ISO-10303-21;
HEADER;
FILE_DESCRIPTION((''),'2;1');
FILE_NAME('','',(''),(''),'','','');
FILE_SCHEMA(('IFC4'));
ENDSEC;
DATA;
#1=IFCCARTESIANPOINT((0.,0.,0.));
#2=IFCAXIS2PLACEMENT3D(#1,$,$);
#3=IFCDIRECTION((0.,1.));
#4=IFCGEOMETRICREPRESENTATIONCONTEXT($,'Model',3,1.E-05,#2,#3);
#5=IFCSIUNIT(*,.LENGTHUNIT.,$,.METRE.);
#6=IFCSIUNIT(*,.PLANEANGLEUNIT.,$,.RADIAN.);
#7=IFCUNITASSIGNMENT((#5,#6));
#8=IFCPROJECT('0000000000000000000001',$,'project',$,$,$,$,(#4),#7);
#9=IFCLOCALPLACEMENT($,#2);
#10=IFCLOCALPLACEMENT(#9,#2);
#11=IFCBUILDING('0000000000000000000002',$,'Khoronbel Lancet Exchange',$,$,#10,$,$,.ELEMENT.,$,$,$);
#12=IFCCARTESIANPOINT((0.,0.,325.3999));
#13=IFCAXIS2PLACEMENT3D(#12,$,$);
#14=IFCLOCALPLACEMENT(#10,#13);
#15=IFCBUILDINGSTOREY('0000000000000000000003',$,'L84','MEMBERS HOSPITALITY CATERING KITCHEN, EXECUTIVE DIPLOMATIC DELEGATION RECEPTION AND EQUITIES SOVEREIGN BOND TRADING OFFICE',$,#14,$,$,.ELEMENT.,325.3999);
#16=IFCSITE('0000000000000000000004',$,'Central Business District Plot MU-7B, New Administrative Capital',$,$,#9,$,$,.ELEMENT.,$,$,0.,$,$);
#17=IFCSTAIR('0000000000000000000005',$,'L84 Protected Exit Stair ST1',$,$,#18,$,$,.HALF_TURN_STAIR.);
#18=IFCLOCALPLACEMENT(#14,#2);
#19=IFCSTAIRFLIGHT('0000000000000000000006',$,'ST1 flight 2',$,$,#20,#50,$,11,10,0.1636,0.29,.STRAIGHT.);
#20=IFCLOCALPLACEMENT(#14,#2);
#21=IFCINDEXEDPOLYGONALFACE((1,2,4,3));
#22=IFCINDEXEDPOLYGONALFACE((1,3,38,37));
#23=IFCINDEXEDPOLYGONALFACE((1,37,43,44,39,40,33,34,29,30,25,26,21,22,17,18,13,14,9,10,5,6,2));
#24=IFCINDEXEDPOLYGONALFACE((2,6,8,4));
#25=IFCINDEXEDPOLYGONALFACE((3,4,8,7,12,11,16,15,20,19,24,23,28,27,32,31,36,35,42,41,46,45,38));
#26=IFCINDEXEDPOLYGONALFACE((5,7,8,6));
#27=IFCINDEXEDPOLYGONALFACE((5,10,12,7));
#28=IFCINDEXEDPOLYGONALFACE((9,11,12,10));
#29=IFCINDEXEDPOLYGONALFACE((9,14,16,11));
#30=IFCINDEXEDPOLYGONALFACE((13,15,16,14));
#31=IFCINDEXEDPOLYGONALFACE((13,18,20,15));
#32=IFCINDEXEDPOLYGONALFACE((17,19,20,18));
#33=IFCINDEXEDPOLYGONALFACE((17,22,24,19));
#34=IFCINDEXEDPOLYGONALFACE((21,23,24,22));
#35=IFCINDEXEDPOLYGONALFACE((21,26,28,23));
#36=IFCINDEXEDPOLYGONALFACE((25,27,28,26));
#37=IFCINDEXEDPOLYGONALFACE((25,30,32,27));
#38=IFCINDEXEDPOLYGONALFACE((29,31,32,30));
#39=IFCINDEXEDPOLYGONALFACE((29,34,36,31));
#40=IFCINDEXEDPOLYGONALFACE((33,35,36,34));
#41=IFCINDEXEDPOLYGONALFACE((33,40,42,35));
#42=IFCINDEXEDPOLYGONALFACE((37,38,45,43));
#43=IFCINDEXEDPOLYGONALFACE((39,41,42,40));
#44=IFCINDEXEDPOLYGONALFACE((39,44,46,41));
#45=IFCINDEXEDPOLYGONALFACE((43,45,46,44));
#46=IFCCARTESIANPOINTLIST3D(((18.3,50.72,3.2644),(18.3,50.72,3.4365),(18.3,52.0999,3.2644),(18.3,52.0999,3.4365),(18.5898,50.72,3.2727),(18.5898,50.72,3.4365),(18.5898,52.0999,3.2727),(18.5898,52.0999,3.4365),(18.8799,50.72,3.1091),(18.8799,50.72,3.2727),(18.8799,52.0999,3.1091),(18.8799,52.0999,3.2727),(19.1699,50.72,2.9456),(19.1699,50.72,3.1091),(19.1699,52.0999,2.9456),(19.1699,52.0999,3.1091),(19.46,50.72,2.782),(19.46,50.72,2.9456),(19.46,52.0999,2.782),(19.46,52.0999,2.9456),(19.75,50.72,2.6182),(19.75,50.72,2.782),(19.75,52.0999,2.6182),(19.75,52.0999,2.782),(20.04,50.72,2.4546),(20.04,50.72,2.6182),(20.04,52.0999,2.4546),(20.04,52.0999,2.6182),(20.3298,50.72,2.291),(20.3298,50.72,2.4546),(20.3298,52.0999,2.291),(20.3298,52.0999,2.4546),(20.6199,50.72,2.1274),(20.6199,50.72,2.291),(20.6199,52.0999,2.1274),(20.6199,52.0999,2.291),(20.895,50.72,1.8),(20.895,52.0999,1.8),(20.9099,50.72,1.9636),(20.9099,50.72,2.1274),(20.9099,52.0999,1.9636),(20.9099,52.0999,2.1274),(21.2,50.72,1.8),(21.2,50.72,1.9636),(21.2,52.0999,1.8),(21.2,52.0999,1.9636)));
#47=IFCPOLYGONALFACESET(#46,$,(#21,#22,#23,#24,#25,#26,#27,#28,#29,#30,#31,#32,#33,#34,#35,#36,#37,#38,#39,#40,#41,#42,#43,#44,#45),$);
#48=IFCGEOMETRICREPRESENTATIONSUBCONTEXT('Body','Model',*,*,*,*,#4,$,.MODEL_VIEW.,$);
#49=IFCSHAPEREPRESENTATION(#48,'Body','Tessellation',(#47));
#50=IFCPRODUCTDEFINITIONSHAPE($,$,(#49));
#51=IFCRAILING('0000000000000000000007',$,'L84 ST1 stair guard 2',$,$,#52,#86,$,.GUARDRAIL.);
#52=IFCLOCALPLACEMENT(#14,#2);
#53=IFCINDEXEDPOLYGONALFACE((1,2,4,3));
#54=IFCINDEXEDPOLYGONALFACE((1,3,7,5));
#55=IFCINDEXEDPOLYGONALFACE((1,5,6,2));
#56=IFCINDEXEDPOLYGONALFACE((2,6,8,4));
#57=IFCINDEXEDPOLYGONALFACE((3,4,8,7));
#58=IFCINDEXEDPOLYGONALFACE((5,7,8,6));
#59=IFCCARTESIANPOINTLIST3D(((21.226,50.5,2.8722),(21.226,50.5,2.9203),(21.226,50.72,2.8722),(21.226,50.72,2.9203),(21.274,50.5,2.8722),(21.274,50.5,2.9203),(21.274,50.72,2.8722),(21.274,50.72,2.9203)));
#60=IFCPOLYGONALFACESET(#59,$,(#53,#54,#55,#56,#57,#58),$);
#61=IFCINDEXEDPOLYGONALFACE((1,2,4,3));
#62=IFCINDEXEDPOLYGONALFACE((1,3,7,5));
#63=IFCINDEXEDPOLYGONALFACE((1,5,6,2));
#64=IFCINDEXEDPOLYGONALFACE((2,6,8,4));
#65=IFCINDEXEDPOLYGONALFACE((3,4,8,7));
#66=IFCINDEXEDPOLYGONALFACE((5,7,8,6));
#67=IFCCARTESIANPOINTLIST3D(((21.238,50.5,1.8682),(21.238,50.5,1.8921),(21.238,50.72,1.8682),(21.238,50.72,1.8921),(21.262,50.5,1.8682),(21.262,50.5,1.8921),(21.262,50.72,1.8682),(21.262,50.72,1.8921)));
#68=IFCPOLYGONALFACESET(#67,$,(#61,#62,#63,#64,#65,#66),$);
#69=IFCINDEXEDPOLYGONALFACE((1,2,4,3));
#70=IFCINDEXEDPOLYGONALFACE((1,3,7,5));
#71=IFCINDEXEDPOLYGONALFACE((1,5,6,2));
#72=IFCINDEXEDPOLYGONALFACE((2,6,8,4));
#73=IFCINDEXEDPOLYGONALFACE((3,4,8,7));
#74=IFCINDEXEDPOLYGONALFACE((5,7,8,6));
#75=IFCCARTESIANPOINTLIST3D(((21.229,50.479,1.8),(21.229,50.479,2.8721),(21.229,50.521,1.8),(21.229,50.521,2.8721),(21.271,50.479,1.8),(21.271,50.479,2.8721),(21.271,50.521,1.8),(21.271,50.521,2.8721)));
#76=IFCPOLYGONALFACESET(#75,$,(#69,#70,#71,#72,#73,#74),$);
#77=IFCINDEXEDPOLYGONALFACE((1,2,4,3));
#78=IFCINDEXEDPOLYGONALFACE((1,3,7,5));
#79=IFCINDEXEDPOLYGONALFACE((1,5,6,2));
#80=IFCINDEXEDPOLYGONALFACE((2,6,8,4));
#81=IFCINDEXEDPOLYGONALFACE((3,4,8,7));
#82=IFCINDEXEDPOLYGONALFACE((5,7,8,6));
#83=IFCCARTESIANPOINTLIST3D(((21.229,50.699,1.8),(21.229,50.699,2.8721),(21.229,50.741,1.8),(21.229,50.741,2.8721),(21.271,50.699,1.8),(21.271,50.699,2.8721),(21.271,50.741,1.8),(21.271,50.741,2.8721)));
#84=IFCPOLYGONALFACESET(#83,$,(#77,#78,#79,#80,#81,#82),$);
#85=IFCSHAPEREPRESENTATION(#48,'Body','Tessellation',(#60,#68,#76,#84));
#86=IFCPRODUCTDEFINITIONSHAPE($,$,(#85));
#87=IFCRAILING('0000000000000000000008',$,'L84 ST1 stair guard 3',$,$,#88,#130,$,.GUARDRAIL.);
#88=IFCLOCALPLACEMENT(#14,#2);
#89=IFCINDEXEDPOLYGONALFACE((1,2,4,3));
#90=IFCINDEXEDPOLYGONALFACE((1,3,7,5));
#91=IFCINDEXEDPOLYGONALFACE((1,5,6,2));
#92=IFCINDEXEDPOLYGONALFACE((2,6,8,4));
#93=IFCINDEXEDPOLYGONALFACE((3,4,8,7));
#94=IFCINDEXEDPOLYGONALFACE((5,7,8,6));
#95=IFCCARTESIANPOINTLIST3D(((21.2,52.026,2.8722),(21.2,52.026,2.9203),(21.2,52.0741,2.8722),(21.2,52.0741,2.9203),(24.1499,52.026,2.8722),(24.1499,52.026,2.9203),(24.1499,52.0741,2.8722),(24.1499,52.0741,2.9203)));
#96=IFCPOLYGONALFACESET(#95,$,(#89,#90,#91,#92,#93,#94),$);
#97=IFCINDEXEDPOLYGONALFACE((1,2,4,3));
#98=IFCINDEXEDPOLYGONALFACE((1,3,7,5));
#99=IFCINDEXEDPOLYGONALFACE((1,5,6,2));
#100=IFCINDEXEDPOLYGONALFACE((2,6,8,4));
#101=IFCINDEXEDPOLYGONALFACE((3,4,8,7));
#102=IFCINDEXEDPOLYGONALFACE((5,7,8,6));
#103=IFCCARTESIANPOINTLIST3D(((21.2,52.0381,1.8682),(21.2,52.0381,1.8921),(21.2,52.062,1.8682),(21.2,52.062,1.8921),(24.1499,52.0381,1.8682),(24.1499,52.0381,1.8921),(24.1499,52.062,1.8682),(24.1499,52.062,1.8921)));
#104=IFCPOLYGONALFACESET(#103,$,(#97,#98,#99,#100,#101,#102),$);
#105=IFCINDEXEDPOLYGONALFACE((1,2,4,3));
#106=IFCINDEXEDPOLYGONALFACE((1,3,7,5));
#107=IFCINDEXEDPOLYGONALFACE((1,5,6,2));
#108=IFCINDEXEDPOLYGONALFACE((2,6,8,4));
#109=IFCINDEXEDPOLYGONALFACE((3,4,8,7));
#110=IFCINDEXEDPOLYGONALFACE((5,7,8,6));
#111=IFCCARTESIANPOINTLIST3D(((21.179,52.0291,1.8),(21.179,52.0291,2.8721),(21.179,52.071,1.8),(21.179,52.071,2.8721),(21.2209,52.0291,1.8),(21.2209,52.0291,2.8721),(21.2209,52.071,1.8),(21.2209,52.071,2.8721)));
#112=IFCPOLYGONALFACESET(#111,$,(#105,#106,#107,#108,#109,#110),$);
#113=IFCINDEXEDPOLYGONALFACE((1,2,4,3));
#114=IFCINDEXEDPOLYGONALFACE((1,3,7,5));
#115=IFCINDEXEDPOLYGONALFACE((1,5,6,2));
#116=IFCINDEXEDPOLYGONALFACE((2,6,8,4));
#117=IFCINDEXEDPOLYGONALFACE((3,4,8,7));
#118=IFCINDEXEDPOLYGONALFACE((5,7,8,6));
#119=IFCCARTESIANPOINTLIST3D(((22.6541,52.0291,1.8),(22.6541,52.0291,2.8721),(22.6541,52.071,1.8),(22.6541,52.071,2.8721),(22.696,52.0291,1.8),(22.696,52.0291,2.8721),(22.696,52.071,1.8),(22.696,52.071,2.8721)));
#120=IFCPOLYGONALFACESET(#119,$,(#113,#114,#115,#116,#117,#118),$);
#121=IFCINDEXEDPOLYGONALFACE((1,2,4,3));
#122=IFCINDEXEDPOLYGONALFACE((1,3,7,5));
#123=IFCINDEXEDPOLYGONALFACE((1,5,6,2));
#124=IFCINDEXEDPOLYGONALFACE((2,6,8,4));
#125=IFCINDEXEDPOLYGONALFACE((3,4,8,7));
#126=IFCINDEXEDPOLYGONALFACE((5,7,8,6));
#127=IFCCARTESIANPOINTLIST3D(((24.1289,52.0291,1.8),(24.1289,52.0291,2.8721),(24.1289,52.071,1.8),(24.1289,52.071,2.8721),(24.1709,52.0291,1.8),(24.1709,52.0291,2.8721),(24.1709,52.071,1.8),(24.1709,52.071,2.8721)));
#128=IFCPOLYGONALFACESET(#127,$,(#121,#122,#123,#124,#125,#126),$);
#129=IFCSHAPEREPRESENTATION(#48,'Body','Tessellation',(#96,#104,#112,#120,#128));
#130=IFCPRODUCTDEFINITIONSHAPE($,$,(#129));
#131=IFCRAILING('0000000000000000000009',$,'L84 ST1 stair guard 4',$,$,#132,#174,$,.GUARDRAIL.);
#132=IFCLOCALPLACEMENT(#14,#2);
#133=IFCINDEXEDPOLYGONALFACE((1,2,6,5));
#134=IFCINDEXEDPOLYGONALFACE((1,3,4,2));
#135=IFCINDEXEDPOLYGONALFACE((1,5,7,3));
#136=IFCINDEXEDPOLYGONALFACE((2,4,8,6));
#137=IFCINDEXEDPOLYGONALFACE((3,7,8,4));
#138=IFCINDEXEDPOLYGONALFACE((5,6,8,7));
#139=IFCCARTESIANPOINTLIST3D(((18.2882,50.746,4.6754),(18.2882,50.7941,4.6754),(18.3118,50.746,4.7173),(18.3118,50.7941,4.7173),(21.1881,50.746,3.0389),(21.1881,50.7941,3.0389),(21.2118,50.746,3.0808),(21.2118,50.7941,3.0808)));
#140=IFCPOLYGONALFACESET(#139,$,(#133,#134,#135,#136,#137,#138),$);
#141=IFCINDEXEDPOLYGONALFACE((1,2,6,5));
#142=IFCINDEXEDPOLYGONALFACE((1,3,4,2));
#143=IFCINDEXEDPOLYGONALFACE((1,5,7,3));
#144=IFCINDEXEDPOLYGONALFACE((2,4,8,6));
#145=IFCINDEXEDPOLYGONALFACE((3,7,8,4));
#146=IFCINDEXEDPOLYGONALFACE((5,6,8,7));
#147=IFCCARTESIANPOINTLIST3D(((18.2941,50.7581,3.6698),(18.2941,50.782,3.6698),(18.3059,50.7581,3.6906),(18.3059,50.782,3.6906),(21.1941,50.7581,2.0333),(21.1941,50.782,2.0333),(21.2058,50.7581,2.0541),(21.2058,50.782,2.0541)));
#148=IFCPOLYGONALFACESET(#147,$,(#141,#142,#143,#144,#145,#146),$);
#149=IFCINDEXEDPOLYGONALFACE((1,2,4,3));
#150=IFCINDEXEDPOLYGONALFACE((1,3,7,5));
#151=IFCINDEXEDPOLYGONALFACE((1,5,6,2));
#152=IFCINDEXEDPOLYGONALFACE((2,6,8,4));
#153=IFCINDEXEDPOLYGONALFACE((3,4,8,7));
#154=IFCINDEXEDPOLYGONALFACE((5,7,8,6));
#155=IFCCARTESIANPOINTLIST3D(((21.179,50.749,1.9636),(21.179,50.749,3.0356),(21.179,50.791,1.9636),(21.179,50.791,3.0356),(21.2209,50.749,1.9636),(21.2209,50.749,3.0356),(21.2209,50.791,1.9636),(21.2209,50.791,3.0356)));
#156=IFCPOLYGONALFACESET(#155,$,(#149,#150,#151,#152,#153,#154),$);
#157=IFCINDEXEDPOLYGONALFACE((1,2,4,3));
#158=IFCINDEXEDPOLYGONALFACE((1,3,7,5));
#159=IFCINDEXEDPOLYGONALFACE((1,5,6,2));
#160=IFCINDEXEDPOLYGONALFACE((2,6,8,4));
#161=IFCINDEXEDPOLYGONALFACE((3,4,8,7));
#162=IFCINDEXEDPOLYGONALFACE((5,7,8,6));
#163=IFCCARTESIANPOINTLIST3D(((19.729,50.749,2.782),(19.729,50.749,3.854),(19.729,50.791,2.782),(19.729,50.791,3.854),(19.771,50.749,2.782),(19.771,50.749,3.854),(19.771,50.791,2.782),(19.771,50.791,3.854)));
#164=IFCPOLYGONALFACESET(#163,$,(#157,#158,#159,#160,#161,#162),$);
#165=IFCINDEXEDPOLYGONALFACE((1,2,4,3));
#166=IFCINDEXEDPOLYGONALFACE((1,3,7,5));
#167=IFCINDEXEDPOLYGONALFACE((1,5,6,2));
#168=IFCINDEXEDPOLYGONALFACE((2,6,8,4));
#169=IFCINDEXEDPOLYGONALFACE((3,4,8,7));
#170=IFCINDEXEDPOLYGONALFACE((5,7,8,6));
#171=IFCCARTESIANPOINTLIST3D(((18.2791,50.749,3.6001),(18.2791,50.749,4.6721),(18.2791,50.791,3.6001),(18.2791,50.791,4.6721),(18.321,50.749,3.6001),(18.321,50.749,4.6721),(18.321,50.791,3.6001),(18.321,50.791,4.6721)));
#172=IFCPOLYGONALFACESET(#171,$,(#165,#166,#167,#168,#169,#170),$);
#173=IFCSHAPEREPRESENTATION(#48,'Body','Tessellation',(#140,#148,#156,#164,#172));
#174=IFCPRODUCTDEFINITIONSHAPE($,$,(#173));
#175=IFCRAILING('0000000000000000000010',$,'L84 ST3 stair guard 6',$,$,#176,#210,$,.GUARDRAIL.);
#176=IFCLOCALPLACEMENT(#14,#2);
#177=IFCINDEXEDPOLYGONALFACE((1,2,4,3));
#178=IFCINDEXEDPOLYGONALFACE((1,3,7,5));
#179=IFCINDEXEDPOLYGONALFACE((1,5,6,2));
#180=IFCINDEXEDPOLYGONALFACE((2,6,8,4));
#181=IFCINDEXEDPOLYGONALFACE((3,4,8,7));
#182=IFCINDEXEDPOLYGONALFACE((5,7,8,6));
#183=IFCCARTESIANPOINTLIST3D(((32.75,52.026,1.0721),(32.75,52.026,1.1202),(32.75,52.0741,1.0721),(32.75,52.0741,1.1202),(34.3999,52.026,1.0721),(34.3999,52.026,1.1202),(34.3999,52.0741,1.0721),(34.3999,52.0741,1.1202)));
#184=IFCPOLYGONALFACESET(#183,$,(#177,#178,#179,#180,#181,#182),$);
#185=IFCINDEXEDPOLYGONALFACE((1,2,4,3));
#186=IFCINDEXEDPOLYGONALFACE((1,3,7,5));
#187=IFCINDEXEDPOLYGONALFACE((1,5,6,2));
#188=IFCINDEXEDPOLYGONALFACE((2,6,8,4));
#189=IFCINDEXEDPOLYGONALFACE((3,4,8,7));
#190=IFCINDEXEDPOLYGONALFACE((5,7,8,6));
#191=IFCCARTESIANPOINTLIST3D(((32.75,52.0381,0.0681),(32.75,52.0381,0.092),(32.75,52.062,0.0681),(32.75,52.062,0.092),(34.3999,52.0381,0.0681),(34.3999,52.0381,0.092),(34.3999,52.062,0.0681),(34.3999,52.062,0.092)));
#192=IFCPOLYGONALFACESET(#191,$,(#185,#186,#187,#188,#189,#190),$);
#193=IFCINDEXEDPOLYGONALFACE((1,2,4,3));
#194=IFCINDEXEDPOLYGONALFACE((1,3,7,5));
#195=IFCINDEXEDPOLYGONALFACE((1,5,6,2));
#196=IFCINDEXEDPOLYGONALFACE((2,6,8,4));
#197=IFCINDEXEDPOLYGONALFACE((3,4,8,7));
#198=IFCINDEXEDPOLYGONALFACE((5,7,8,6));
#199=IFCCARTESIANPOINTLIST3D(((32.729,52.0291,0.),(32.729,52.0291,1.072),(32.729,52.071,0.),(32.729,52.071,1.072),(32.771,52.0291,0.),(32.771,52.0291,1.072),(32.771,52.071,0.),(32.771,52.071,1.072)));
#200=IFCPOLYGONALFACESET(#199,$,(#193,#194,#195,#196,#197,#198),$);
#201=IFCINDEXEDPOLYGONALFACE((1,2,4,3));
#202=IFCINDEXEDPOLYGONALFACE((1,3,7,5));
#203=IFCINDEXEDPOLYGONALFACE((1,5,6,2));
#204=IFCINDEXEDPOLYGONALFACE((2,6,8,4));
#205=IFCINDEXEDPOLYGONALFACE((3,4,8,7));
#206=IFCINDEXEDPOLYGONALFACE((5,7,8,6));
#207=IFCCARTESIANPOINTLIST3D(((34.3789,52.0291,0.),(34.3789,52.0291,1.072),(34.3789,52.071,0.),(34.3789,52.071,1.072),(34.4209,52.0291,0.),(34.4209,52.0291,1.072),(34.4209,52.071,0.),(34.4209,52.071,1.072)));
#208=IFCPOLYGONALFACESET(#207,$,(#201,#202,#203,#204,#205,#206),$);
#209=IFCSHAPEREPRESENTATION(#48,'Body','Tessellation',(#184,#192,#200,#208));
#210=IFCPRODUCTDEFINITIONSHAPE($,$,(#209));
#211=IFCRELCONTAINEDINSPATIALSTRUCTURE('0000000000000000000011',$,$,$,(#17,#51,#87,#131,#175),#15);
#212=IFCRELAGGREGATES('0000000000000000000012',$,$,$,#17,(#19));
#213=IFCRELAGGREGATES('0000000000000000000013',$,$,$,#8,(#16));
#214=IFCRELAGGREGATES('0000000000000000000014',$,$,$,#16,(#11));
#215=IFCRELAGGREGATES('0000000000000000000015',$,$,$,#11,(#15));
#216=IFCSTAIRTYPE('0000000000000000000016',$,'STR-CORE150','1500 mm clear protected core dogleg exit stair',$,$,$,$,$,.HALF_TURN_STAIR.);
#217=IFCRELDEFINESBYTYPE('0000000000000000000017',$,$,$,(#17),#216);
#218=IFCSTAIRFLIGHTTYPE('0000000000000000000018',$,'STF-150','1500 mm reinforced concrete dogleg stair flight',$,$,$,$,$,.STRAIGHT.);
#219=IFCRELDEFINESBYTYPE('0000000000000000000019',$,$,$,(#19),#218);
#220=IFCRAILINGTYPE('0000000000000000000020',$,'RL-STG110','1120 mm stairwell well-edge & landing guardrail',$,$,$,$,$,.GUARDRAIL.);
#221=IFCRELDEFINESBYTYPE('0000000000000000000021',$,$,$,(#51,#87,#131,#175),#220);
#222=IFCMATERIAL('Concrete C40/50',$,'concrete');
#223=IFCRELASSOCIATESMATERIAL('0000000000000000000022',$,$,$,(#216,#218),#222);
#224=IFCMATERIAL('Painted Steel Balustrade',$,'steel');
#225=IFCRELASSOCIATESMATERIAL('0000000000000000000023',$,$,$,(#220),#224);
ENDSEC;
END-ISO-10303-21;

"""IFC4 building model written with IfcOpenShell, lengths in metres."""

from ifc_helpers import new_model, si_unit, direction, frame, origin, origin_2d, place, context, subcontext, project, spatial, polyline, rectangle, outline, extrude, material, type_object, element, aggregate, save


model = new_model("IFC4")

# Units and contexts
model_context = context("Model", 3, precision=1e-05, world=origin(), true_north=direction((0.0, 1.0)))
body_context = subcontext(model_context, "Body", "Model", "MODEL_VIEW")
ifc_project = project(units=[si_unit("LENGTHUNIT", "METRE"), si_unit("PLANEANGLEUNIT", "RADIAN")], contexts=[model_context])

# Site, building, storey
site_placement = place(None, origin())
site = spatial("IfcSite", under=ifc_project, at=site_placement, Name="Central Business District Plot MU-7B, New Administrative Capital", CompositionType="ELEMENT", RefElevation=0.0)
building_placement = place(site_placement, origin())
building = spatial("IfcBuilding", under=site, at=building_placement, Name="Khoronbel Lancet Exchange", CompositionType="ELEMENT")
storey_placement = place(building_placement, frame((0.0, 0.0, 325.3999)))
storey = spatial("IfcBuildingStorey", under=building, at=storey_placement, Name="L84", Description="MEMBERS HOSPITALITY CATERING KITCHEN, EXECUTIVE DIPLOMATIC DELEGATION RECEPTION AND EQUITIES SOVEREIGN BOND TRADING OFFICE", CompositionType="ELEMENT", Elevation=325.3999)

# Stair, stair flight
ifc_material_1 = material(Name="Concrete C40/50", Category="concrete")
stair_type = type_object("IfcStairType", Name="STR-CORE150", Description="1500 mm clear protected core dogleg exit stair", PredefinedType="HALF_TURN_STAIR", material=ifc_material_1)
stair_placement = place(storey_placement, origin())
stair = element("IfcStair", 1, at=stair_placement, inside=storey, type_object=stair_type, Name="L84 Protected Exit Stair ST1", PredefinedType="HALF_TURN_STAIR")
stair_flight_type = type_object("IfcStairFlightType", Name="STF-150", Description="1500 mm reinforced concrete dogleg stair flight", PredefinedType="STRAIGHT", material=ifc_material_1)
stair_flight_placement = place(storey_placement, frame((21.2, 51.4099, 1.8), z_axis=(0.0, 0.0, 1.0), x_axis=(-1.0, 0.0, 0.0)))
stair_flight = element("IfcStairFlight", 2, at=stair_flight_placement, type_object=stair_flight_type, Name="ST1 flight 2", NumberOfRisers=11, NumberOfTreads=10, PredefinedType="STRAIGHT", RiserHeight=0.1636, TreadLength=0.29, context=body_context, shape_type="SweptSolid", body=[
    extrude(outline(polyline([(0.0, 0.0), (0.0, 0.1636), (0.29, 0.1636), (0.29, 0.3274), (0.5801, 0.3274), (0.5801, 0.491), (0.8701, 0.491), (0.8701, 0.6545), (1.1599, 0.6545), (1.1599, 0.8181), (1.45, 0.8181), (1.45, 0.9819), (1.74, 0.9819), (1.74, 1.1455), (2.03, 1.1455), (2.03, 1.3091), (2.3201, 1.3091), (2.3201, 1.4727), (2.6101, 1.4727), (2.6101, 1.6365), (2.8999, 1.6365), (2.8999, 1.8), (2.8999, 1.4644), (0.3049, 0.0), (0.0, 0.0)])), frame((0.0, 0.6899, 0.0), z_axis=(0.0, -1.0, 0.0), x_axis=(1.0, 0.0, 0.0)), (0.0, 0.0, 1.0), 1.3799),
])
aggregate(stair, [stair_flight])

# Railings
ifc_material_2 = material(Name="Painted Steel Balustrade", Category="steel")
railing_type_1 = type_object("IfcRailingType", Name="RL-STG110", Description="1120 mm stairwell well-edge & landing guardrail", PredefinedType="GUARDRAIL", material=ifc_material_2)
railing_1_placement = place(storey_placement, frame((21.25, 50.5, 1.8)))
element("IfcRailing", 3, at=railing_1_placement, inside=storey, type_object=railing_type_1, Name="L84 ST1 stair guard 2", PredefinedType="GUARDRAIL", context=body_context, shape_type="SweptSolid", body=[
    extrude(rectangle(XDim=0.0481, YDim=0.0481, at=origin_2d()), frame((0.0, 0.0, 1.0962), z_axis=(0.0, 1.0, 0.0), x_axis=(-1.0, 0.0, 0.0)), (0.0, 0.0, 1.0), 0.22),
    extrude(rectangle(XDim=0.0239, YDim=0.0239, at=origin_2d()), frame((0.0, 0.0, 0.0801), z_axis=(0.0, 1.0, 0.0), x_axis=(-1.0, 0.0, 0.0)), (0.0, 0.0, 1.0), 0.22),
    extrude(rectangle(XDim=0.042, YDim=0.042, at=origin_2d()), origin(), (0.0, 0.0, 1.0), 1.072),
    extrude(rectangle(XDim=0.042, YDim=0.042, at=origin_2d()), frame((0.0, 0.22, 0.0)), (0.0, 0.0, 1.0), 1.072),
])
railing_2_placement = place(storey_placement, frame((21.2, 52.05, 1.8)))
element("IfcRailing", 4, at=railing_2_placement, inside=storey, type_object=railing_type_1, Name="L84 ST1 stair guard 3", PredefinedType="GUARDRAIL", context=body_context, shape_type="SweptSolid", body=[
    extrude(rectangle(XDim=0.0481, YDim=0.0481, at=origin_2d()), frame((0.0, 0.0, 1.0962), z_axis=(1.0, 0.0, 0.0), x_axis=(0.0, 1.0, 0.0)), (0.0, 0.0, 1.0), 2.95),
    extrude(rectangle(XDim=0.0239, YDim=0.0239, at=origin_2d()), frame((0.0, 0.0, 0.0801), z_axis=(1.0, 0.0, 0.0), x_axis=(0.0, 1.0, 0.0)), (0.0, 0.0, 1.0), 2.95),
    extrude(rectangle(XDim=0.042, YDim=0.042, at=origin_2d()), origin(), (0.0, 0.0, 1.0), 1.072),
    extrude(rectangle(XDim=0.042, YDim=0.042, at=origin_2d()), frame((1.4751, 0.0, 0.0)), (0.0, 0.0, 1.0), 1.072),
    extrude(rectangle(XDim=0.042, YDim=0.042, at=origin_2d()), frame((2.95, 0.0, 0.0)), (0.0, 0.0, 1.0), 1.072),
])
railing_3_placement = place(storey_placement, frame((21.2, 50.77, 1.9636)))
element("IfcRailing", 5, at=railing_3_placement, inside=storey, type_object=railing_type_1, Name="L84 ST1 stair guard 4", PredefinedType="GUARDRAIL", context=body_context, shape_type="SweptSolid", body=[
    extrude(rectangle(XDim=0.0481, YDim=0.0481, at=origin_2d()), frame((0.0, 0.0, 1.0962), z_axis=(-0.870897, 0.0, 0.491465), x_axis=(0.0, -1.0, 0.0)), (0.0, 0.0, 1.0), 3.3298),
    extrude(rectangle(XDim=0.0239, YDim=0.0239, at=origin_2d()), frame((0.0, 0.0, 0.0801), z_axis=(-0.870897, 0.0, 0.491465), x_axis=(0.0, -1.0, 0.0)), (0.0, 0.0, 1.0), 3.3298),
    extrude(rectangle(XDim=0.042, YDim=0.042, at=origin_2d()), origin(), (0.0, 0.0, 1.0), 1.072),
    extrude(rectangle(XDim=0.042, YDim=0.042, at=origin_2d()), frame((-1.45, 0.0, 0.8184)), (0.0, 0.0, 1.0), 1.072),
    extrude(rectangle(XDim=0.042, YDim=0.042, at=origin_2d()), frame((-2.8999, 0.0, 1.6365)), (0.0, 0.0, 1.0), 1.072),
])
railing_4_placement = place(storey_placement, frame((32.75, 52.05, 0.0)))
element("IfcRailing", 6, at=railing_4_placement, inside=storey, type_object=railing_type_1, Name="L84 ST3 stair guard 6", PredefinedType="GUARDRAIL", context=body_context, shape_type="SweptSolid", body=[
    extrude(rectangle(XDim=0.0481, YDim=0.0481, at=origin_2d()), frame((0.0, 0.0, 1.0962), z_axis=(1.0, 0.0, 0.0), x_axis=(0.0, 1.0, 0.0)), (0.0, 0.0, 1.0), 1.6499),
    extrude(rectangle(XDim=0.0239, YDim=0.0239, at=origin_2d()), frame((0.0, 0.0, 0.0801), z_axis=(1.0, 0.0, 0.0), x_axis=(0.0, 1.0, 0.0)), (0.0, 0.0, 1.0), 1.6499),
    extrude(rectangle(XDim=0.042, YDim=0.042, at=origin_2d()), origin(), (0.0, 0.0, 1.0), 1.072),
    extrude(rectangle(XDim=0.042, YDim=0.042, at=origin_2d()), frame((1.6499, 0.0, 0.0)), (0.0, 0.0, 1.0), 1.072),
])

save(model, "model.ifc")
